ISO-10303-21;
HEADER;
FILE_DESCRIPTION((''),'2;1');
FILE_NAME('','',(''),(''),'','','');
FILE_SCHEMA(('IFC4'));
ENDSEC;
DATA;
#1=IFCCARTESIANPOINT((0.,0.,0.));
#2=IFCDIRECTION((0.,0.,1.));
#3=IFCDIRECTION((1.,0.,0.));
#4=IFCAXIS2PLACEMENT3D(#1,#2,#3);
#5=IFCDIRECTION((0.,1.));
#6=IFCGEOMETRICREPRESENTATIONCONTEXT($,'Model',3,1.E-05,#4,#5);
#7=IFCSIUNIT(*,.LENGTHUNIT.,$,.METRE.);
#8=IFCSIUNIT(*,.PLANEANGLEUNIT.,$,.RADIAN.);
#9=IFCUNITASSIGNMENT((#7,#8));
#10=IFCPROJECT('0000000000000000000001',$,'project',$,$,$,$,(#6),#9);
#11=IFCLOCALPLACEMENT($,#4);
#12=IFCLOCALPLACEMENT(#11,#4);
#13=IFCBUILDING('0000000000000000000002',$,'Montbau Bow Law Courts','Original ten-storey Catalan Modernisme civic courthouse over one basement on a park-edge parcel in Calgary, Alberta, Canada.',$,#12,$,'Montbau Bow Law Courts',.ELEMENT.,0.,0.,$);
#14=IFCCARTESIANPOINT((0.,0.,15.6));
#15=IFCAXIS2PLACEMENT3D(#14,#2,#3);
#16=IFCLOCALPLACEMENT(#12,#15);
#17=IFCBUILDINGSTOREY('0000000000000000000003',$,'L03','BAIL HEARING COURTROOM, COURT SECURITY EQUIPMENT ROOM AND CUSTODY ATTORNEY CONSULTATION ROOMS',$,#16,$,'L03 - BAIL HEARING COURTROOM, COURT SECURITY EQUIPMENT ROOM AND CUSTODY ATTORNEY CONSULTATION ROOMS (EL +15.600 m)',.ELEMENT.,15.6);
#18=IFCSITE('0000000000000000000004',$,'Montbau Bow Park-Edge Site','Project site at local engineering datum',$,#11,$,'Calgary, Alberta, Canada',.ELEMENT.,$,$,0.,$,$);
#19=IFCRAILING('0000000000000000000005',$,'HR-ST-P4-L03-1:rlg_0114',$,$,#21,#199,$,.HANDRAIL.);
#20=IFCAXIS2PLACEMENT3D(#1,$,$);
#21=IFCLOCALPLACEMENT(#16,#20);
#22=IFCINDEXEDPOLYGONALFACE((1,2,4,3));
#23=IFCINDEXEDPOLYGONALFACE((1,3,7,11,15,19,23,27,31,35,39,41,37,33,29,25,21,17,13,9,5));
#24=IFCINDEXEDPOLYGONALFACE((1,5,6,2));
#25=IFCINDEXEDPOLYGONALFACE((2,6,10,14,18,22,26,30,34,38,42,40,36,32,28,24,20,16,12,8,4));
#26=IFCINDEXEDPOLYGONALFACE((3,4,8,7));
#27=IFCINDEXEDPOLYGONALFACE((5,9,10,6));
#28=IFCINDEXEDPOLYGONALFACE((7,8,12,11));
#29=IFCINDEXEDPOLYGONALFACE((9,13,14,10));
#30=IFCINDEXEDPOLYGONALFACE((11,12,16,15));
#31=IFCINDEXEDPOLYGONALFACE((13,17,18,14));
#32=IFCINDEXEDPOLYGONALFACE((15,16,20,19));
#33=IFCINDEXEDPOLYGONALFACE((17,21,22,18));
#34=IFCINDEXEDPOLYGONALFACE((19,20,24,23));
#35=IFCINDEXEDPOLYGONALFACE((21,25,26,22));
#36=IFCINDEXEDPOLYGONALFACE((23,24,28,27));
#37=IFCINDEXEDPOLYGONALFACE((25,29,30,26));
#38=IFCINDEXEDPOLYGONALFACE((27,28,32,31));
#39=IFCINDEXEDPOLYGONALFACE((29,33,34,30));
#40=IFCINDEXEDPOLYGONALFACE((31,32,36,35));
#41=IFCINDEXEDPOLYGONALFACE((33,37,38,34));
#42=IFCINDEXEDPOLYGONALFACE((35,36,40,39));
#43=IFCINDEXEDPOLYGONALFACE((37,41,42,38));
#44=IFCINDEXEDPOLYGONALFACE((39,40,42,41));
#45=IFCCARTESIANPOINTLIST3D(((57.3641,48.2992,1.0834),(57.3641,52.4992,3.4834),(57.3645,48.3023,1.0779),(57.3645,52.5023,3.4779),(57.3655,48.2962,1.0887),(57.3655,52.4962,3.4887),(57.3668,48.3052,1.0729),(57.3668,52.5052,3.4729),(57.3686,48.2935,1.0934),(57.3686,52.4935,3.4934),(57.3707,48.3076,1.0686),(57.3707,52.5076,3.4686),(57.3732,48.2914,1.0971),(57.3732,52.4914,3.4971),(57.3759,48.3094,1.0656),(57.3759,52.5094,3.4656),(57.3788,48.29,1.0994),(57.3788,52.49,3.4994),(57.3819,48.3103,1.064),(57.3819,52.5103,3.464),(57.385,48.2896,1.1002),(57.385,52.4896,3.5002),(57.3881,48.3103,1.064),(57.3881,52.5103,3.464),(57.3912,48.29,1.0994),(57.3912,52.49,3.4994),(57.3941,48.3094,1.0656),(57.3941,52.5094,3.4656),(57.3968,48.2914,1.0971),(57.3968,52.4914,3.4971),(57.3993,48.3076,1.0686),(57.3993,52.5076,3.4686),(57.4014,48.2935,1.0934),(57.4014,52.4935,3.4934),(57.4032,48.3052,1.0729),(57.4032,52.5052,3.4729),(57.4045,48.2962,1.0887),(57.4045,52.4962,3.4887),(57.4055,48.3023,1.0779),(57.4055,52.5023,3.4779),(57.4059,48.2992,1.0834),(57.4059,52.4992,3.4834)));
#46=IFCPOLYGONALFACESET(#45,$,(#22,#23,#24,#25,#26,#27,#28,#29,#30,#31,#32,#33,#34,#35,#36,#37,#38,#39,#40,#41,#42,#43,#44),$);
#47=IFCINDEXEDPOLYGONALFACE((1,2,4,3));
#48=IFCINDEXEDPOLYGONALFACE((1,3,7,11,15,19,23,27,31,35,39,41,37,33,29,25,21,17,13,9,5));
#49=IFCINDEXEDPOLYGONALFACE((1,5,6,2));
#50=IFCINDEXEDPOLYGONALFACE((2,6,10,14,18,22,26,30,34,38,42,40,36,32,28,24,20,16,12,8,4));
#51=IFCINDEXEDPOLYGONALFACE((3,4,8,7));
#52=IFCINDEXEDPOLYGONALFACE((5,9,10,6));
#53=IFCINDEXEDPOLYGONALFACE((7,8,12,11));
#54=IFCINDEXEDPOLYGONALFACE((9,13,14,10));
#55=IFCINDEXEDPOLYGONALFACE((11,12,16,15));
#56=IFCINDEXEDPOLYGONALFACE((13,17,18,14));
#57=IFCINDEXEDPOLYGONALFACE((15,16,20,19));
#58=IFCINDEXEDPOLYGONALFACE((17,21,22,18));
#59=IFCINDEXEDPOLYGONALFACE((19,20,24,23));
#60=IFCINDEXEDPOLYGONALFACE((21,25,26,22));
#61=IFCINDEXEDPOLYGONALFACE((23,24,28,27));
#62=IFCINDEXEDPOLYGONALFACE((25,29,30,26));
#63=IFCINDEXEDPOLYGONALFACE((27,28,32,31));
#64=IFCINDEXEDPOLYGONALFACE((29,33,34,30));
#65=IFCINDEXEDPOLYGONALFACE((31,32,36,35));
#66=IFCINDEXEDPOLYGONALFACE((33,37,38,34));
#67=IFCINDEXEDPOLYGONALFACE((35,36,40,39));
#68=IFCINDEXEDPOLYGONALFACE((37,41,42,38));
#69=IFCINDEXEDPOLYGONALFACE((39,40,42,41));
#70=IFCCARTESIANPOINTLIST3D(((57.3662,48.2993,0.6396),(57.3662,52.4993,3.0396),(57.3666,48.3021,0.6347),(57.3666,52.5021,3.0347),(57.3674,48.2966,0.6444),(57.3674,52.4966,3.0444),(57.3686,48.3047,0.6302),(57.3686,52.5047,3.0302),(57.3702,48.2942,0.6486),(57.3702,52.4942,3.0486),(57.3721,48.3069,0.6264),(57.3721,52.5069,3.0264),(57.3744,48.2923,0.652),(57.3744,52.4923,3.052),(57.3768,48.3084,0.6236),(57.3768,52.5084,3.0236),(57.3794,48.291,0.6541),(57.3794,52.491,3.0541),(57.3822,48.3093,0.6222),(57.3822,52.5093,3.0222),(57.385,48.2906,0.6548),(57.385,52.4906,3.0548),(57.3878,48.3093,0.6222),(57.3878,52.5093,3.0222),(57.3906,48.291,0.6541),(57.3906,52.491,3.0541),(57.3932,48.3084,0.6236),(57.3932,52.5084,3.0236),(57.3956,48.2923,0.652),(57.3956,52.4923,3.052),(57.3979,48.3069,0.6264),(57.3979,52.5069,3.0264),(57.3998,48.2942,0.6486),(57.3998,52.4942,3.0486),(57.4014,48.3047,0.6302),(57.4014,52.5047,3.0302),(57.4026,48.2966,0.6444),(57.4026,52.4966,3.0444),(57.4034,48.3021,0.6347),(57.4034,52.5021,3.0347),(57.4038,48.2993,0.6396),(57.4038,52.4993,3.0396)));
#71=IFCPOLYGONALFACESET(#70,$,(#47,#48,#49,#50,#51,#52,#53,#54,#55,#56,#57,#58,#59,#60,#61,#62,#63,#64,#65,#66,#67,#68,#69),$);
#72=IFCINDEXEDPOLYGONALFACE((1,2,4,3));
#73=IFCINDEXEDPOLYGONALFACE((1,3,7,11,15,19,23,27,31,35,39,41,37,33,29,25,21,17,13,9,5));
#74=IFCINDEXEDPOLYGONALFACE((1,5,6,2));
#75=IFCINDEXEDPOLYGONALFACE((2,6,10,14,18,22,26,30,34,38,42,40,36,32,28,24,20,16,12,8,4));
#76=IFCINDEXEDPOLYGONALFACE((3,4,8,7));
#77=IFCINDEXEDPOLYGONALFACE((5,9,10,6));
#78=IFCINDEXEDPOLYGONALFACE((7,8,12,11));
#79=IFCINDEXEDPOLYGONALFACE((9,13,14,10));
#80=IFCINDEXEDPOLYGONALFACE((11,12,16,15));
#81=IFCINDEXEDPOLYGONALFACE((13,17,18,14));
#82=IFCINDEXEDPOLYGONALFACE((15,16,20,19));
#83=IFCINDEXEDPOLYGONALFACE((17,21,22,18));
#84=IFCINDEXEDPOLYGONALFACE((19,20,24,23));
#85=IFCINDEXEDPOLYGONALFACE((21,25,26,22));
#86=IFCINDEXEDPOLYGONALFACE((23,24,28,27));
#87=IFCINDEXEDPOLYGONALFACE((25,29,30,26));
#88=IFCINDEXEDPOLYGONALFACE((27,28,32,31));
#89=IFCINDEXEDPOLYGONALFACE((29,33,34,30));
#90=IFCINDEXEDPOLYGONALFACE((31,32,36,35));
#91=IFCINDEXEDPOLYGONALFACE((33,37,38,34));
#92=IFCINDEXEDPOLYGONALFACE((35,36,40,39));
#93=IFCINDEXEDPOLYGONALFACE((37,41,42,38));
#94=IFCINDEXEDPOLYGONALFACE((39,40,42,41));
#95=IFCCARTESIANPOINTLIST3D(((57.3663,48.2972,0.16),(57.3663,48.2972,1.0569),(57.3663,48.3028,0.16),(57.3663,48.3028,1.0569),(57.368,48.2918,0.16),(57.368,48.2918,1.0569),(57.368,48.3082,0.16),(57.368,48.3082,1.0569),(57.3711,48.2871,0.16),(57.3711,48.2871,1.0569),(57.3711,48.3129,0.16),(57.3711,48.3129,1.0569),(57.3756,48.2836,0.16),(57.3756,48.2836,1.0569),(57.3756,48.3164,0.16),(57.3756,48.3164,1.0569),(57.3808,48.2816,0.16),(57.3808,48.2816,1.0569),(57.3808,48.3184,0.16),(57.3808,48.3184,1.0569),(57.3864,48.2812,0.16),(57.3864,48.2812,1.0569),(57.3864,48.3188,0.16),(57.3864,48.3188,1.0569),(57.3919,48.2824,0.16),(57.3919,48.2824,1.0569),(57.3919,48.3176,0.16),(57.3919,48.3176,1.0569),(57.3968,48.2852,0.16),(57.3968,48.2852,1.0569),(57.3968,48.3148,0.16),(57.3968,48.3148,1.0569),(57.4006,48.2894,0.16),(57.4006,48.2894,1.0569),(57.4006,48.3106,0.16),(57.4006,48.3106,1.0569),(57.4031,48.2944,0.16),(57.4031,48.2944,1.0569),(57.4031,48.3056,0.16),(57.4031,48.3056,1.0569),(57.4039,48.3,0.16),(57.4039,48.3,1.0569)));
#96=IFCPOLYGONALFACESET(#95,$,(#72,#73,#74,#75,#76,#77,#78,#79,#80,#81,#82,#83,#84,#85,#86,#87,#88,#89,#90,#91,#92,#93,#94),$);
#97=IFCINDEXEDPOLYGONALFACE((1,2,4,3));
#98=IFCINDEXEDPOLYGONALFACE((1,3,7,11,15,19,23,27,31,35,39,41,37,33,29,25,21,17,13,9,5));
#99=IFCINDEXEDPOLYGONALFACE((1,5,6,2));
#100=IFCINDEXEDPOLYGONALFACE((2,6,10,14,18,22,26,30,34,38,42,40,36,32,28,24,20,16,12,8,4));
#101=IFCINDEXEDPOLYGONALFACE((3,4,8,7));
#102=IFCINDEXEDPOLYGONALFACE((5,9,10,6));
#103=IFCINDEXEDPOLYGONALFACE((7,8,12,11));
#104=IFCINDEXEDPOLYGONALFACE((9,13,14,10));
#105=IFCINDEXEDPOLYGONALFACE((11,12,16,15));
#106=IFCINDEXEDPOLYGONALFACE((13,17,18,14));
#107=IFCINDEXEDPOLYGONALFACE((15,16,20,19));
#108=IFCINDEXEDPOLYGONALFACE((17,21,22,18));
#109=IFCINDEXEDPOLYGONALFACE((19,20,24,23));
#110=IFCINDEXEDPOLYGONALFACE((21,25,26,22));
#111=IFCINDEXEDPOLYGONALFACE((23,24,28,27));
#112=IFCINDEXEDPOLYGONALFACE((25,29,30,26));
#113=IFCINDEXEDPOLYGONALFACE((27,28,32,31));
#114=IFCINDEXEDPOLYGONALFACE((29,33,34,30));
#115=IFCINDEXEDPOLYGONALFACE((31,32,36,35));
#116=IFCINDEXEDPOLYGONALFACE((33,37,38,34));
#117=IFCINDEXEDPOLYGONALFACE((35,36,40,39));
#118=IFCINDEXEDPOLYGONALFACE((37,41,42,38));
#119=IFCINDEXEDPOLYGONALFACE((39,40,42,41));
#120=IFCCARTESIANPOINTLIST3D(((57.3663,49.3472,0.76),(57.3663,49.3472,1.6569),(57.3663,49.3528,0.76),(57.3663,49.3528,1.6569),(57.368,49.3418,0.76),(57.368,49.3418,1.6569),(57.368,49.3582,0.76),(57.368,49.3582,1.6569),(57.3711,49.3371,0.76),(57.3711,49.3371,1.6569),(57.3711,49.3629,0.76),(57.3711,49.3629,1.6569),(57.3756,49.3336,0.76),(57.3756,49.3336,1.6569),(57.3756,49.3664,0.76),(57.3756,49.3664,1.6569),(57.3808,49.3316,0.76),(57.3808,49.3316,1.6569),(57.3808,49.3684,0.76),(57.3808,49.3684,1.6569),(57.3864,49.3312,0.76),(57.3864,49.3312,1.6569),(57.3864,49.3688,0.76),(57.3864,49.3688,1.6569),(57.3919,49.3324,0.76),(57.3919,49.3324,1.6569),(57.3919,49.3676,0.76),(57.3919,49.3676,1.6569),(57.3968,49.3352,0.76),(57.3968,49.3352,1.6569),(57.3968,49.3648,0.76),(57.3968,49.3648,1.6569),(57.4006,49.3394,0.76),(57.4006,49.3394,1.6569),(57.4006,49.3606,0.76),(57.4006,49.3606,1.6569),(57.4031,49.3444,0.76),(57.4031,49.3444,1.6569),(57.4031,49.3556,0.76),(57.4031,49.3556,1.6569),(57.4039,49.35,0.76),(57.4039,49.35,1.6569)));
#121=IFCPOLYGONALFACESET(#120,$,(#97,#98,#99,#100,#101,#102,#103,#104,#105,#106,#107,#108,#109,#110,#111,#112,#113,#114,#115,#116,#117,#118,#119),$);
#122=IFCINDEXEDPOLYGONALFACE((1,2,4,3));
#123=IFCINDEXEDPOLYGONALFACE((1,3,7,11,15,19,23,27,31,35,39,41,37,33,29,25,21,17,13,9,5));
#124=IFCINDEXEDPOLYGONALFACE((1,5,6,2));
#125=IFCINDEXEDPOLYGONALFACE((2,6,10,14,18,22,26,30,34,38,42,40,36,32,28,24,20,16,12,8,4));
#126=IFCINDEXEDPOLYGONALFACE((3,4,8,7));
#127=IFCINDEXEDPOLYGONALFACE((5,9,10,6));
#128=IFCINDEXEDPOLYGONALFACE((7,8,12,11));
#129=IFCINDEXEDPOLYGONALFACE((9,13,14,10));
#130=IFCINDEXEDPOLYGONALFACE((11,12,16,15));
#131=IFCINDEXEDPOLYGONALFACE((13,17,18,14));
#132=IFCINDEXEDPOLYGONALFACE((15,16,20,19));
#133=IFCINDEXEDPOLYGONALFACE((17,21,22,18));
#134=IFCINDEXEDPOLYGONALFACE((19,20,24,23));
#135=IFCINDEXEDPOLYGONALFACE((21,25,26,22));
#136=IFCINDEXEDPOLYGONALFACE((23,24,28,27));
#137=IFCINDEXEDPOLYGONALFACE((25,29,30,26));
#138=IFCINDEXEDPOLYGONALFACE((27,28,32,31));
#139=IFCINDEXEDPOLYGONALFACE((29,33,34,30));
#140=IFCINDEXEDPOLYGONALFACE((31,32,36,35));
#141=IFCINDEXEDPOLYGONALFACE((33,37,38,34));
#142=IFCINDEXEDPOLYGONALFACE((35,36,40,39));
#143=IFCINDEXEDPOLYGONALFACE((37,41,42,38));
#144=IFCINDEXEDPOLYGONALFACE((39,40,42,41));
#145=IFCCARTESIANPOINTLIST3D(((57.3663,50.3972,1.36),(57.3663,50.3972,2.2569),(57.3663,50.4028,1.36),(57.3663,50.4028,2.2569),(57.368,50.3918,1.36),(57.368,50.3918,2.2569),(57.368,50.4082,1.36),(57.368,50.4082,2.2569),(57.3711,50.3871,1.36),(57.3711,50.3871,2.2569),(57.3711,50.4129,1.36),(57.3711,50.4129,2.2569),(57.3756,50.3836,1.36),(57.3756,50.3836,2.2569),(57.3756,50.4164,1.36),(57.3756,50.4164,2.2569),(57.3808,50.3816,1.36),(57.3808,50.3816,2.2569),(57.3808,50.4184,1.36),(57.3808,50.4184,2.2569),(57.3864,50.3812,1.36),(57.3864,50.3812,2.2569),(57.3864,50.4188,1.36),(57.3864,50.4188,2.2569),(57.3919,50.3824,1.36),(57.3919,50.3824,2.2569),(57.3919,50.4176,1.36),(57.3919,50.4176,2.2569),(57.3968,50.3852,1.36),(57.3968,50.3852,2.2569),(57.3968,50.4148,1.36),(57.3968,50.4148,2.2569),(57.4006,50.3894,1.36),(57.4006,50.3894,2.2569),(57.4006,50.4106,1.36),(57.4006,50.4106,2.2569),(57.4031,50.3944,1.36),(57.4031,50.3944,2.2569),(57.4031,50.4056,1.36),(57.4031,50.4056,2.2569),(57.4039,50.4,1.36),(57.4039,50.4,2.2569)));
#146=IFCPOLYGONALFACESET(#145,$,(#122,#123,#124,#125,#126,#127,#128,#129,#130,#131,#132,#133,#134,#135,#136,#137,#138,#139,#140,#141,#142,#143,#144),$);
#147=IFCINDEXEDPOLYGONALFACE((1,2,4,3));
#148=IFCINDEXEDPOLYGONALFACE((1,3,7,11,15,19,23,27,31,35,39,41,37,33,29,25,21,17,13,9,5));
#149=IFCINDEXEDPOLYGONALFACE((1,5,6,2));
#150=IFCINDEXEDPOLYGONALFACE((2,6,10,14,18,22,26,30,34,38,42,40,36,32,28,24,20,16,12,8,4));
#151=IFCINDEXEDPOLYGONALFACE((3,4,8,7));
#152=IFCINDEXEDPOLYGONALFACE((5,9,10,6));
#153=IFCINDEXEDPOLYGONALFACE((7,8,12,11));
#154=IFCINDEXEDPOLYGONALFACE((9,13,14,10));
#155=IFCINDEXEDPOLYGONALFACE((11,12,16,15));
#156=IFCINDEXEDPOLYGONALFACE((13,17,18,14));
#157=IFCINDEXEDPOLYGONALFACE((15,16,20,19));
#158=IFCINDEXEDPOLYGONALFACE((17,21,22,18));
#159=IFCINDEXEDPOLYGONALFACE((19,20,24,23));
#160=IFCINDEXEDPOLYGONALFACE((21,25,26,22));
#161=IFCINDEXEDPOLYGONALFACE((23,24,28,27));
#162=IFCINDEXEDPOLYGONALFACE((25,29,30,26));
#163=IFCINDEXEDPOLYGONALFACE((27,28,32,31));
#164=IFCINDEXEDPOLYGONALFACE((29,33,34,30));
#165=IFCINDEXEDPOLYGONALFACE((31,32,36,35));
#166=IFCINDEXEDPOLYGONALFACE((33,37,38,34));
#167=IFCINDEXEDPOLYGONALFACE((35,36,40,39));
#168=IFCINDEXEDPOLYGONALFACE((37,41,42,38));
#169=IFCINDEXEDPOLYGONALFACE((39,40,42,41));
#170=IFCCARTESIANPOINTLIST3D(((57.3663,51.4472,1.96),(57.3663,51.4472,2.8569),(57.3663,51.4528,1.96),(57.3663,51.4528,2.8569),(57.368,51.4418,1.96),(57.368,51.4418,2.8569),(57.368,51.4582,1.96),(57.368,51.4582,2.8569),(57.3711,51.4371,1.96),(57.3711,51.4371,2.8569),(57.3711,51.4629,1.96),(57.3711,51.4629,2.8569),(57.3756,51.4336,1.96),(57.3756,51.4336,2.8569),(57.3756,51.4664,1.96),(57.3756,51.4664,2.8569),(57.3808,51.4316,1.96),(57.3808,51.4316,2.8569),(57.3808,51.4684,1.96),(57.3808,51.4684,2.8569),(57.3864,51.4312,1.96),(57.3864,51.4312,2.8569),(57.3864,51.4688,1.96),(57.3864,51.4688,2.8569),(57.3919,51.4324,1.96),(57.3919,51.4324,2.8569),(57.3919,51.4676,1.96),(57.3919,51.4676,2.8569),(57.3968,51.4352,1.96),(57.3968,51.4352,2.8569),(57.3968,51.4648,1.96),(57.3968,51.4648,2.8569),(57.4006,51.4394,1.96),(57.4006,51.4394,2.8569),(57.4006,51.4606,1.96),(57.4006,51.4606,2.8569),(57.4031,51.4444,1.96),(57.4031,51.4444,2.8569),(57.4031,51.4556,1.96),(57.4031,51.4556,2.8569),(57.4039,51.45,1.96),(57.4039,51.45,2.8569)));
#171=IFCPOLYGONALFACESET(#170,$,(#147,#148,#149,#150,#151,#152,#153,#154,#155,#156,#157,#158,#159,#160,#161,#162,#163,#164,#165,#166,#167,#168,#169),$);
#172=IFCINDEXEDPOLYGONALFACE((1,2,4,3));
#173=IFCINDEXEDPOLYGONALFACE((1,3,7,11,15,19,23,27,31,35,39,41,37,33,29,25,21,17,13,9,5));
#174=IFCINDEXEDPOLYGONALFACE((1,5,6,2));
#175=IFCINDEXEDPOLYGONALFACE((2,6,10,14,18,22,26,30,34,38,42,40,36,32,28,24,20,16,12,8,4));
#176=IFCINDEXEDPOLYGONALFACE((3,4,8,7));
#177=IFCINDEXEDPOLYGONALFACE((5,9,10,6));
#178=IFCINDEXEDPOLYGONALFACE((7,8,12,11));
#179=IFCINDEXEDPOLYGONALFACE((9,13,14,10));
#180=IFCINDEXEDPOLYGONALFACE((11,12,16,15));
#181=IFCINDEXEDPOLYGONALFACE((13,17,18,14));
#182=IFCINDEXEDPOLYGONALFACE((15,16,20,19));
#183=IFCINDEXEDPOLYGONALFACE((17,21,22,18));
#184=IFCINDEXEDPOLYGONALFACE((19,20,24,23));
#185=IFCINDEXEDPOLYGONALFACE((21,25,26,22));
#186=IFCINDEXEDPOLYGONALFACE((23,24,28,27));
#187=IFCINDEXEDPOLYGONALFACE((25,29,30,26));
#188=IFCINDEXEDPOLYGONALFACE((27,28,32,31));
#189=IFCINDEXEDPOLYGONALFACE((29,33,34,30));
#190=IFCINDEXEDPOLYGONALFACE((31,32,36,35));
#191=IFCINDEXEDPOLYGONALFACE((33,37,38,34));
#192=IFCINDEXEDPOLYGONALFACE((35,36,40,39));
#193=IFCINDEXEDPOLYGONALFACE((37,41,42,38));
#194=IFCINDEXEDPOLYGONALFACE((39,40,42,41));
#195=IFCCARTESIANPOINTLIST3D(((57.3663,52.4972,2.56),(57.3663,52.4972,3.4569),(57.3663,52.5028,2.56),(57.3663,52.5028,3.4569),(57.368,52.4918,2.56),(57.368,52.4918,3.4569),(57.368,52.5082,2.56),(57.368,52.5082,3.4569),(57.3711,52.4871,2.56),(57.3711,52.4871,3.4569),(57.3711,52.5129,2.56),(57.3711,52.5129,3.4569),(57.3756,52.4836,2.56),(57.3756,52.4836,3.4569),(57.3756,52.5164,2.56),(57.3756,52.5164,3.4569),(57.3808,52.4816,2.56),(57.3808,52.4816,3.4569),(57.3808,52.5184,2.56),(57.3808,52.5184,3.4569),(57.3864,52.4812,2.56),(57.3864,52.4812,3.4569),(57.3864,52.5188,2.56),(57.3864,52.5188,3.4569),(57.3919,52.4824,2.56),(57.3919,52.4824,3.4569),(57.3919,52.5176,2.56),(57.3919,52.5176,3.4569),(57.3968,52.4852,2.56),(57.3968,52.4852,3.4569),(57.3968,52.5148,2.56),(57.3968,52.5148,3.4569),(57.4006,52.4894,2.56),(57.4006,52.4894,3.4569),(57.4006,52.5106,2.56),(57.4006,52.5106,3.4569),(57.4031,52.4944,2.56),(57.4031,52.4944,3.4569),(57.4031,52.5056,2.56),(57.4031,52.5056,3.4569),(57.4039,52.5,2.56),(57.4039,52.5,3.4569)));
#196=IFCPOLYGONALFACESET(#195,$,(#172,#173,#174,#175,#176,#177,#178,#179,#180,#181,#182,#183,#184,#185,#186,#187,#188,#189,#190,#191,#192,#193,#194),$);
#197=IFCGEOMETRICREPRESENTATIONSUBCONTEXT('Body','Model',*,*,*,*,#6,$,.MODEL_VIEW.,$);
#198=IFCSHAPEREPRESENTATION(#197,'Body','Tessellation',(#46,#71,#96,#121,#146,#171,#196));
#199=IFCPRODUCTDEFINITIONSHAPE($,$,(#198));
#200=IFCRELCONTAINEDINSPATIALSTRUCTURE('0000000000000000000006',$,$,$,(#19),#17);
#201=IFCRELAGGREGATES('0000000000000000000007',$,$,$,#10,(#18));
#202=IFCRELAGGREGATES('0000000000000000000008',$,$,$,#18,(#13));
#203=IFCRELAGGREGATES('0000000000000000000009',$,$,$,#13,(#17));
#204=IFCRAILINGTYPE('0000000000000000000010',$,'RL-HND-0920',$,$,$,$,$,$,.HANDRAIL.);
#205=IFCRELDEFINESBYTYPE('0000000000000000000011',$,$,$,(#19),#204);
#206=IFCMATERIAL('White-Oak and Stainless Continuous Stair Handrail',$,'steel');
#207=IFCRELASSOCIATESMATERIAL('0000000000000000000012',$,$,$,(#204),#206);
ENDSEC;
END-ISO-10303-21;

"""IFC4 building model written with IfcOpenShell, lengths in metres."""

from ifc_helpers import new_model, si_unit, direction, frame, origin_with_axes, origin_2d_with_axis, place, context, subcontext, project, spatial, circle, extrude, material, type_object, element, save


model = new_model("IFC4")

# Units and contexts
model_context = context("Model", 3, precision=1e-05, world=origin_with_axes(), true_north=direction((0.0, 1.0)))
body_context = subcontext(model_context, "Body", "Model", "MODEL_VIEW")
ifc_project = project(units=[si_unit("LENGTHUNIT", "METRE"), si_unit("PLANEANGLEUNIT", "RADIAN")], contexts=[model_context])

# Site, building, storey
site_placement = place(None, origin_with_axes())
site = spatial("IfcSite", under=ifc_project, at=site_placement, Name="Montbau Bow Park-Edge Site", Description="Project site at local engineering datum", LongName="Calgary, Alberta, Canada", CompositionType="ELEMENT", RefElevation=0.0)
building_placement = place(site_placement, origin_with_axes())
building = spatial("IfcBuilding", under=site, at=building_placement, Name="Montbau Bow Law Courts", Description="Original ten-storey Catalan Modernisme civic courthouse over one basement on a park-edge parcel in Calgary, Alberta, Canada.", LongName="Montbau Bow Law Courts", CompositionType="ELEMENT", ElevationOfRefHeight=0.0, ElevationOfTerrain=0.0)
storey_placement = place(building_placement, frame((0.0, 0.0, 15.6), z_axis=(0.0, 0.0, 1.0), x_axis=(1.0, 0.0, 0.0)))
storey = spatial("IfcBuildingStorey", under=building, at=storey_placement, Name="L03", Description="BAIL HEARING COURTROOM, COURT SECURITY EQUIPMENT ROOM AND CUSTODY ATTORNEY CONSULTATION ROOMS", LongName="L03 - BAIL HEARING COURTROOM, COURT SECURITY EQUIPMENT ROOM AND CUSTODY ATTORNEY CONSULTATION ROOMS (EL +15.600 m)", CompositionType="ELEMENT", Elevation=15.6)

# Railing
ifc_material_1 = material(Name="White-Oak and Stainless Continuous Stair Handrail", Category="steel")
railing_type_1 = type_object("IfcRailingType", Name="RL-HND-0920", PredefinedType="HANDRAIL", material=ifc_material_1)
railing_1_placement = place(None, origin_with_axes())
element("IfcRailing", 1, at=railing_1_placement, inside=storey, type_object=railing_type_1, Name="HR-ST-P4-L03-1:rlg_0114", PredefinedType="HANDRAIL", context=body_context, shape_type="SweptSolid", body=[
    extrude(circle(Radius=0.021, at=origin_2d_with_axis()), frame((57.385, 48.3, 16.682), z_axis=(0.0, 0.868243, 0.496139), x_axis=(0.0, -0.496139, 0.868243)), (0.0, 0.0, 1.0), 4.8374),
    extrude(circle(Radius=0.0189, at=origin_2d_with_axis()), frame((57.385, 48.3, 16.2384), z_axis=(0.0, 0.868243, 0.496139), x_axis=(0.0, -0.496139, 0.868243)), (0.0, 0.0, 1.0), 4.8374),
    extrude(circle(Radius=0.0189, at=origin_2d_with_axis()), frame((57.385, 48.3, 15.76), z_axis=(0.0, 0.0, 1.0), x_axis=(1.0, 0.0, 0.0)), (0.0, 0.0, 1.0), 0.8969),
    extrude(circle(Radius=0.0189, at=origin_2d_with_axis()), frame((57.385, 49.35, 16.36), z_axis=(0.0, 0.0, 1.0), x_axis=(1.0, 0.0, 0.0)), (0.0, 0.0, 1.0), 0.8969),
    extrude(circle(Radius=0.0189, at=origin_2d_with_axis()), frame((57.385, 50.4, 16.96), z_axis=(0.0, 0.0, 1.0), x_axis=(1.0, 0.0, 0.0)), (0.0, 0.0, 1.0), 0.8969),
    extrude(circle(Radius=0.0189, at=origin_2d_with_axis()), frame((57.385, 51.45, 17.56), z_axis=(0.0, 0.0, 1.0), x_axis=(1.0, 0.0, 0.0)), (0.0, 0.0, 1.0), 0.8969),
    extrude(circle(Radius=0.0189, at=origin_2d_with_axis()), frame((57.385, 52.5, 18.16), z_axis=(0.0, 0.0, 1.0), x_axis=(1.0, 0.0, 0.0)), (0.0, 0.0, 1.0), 0.8969),
])

save(model, "model.ifc")
